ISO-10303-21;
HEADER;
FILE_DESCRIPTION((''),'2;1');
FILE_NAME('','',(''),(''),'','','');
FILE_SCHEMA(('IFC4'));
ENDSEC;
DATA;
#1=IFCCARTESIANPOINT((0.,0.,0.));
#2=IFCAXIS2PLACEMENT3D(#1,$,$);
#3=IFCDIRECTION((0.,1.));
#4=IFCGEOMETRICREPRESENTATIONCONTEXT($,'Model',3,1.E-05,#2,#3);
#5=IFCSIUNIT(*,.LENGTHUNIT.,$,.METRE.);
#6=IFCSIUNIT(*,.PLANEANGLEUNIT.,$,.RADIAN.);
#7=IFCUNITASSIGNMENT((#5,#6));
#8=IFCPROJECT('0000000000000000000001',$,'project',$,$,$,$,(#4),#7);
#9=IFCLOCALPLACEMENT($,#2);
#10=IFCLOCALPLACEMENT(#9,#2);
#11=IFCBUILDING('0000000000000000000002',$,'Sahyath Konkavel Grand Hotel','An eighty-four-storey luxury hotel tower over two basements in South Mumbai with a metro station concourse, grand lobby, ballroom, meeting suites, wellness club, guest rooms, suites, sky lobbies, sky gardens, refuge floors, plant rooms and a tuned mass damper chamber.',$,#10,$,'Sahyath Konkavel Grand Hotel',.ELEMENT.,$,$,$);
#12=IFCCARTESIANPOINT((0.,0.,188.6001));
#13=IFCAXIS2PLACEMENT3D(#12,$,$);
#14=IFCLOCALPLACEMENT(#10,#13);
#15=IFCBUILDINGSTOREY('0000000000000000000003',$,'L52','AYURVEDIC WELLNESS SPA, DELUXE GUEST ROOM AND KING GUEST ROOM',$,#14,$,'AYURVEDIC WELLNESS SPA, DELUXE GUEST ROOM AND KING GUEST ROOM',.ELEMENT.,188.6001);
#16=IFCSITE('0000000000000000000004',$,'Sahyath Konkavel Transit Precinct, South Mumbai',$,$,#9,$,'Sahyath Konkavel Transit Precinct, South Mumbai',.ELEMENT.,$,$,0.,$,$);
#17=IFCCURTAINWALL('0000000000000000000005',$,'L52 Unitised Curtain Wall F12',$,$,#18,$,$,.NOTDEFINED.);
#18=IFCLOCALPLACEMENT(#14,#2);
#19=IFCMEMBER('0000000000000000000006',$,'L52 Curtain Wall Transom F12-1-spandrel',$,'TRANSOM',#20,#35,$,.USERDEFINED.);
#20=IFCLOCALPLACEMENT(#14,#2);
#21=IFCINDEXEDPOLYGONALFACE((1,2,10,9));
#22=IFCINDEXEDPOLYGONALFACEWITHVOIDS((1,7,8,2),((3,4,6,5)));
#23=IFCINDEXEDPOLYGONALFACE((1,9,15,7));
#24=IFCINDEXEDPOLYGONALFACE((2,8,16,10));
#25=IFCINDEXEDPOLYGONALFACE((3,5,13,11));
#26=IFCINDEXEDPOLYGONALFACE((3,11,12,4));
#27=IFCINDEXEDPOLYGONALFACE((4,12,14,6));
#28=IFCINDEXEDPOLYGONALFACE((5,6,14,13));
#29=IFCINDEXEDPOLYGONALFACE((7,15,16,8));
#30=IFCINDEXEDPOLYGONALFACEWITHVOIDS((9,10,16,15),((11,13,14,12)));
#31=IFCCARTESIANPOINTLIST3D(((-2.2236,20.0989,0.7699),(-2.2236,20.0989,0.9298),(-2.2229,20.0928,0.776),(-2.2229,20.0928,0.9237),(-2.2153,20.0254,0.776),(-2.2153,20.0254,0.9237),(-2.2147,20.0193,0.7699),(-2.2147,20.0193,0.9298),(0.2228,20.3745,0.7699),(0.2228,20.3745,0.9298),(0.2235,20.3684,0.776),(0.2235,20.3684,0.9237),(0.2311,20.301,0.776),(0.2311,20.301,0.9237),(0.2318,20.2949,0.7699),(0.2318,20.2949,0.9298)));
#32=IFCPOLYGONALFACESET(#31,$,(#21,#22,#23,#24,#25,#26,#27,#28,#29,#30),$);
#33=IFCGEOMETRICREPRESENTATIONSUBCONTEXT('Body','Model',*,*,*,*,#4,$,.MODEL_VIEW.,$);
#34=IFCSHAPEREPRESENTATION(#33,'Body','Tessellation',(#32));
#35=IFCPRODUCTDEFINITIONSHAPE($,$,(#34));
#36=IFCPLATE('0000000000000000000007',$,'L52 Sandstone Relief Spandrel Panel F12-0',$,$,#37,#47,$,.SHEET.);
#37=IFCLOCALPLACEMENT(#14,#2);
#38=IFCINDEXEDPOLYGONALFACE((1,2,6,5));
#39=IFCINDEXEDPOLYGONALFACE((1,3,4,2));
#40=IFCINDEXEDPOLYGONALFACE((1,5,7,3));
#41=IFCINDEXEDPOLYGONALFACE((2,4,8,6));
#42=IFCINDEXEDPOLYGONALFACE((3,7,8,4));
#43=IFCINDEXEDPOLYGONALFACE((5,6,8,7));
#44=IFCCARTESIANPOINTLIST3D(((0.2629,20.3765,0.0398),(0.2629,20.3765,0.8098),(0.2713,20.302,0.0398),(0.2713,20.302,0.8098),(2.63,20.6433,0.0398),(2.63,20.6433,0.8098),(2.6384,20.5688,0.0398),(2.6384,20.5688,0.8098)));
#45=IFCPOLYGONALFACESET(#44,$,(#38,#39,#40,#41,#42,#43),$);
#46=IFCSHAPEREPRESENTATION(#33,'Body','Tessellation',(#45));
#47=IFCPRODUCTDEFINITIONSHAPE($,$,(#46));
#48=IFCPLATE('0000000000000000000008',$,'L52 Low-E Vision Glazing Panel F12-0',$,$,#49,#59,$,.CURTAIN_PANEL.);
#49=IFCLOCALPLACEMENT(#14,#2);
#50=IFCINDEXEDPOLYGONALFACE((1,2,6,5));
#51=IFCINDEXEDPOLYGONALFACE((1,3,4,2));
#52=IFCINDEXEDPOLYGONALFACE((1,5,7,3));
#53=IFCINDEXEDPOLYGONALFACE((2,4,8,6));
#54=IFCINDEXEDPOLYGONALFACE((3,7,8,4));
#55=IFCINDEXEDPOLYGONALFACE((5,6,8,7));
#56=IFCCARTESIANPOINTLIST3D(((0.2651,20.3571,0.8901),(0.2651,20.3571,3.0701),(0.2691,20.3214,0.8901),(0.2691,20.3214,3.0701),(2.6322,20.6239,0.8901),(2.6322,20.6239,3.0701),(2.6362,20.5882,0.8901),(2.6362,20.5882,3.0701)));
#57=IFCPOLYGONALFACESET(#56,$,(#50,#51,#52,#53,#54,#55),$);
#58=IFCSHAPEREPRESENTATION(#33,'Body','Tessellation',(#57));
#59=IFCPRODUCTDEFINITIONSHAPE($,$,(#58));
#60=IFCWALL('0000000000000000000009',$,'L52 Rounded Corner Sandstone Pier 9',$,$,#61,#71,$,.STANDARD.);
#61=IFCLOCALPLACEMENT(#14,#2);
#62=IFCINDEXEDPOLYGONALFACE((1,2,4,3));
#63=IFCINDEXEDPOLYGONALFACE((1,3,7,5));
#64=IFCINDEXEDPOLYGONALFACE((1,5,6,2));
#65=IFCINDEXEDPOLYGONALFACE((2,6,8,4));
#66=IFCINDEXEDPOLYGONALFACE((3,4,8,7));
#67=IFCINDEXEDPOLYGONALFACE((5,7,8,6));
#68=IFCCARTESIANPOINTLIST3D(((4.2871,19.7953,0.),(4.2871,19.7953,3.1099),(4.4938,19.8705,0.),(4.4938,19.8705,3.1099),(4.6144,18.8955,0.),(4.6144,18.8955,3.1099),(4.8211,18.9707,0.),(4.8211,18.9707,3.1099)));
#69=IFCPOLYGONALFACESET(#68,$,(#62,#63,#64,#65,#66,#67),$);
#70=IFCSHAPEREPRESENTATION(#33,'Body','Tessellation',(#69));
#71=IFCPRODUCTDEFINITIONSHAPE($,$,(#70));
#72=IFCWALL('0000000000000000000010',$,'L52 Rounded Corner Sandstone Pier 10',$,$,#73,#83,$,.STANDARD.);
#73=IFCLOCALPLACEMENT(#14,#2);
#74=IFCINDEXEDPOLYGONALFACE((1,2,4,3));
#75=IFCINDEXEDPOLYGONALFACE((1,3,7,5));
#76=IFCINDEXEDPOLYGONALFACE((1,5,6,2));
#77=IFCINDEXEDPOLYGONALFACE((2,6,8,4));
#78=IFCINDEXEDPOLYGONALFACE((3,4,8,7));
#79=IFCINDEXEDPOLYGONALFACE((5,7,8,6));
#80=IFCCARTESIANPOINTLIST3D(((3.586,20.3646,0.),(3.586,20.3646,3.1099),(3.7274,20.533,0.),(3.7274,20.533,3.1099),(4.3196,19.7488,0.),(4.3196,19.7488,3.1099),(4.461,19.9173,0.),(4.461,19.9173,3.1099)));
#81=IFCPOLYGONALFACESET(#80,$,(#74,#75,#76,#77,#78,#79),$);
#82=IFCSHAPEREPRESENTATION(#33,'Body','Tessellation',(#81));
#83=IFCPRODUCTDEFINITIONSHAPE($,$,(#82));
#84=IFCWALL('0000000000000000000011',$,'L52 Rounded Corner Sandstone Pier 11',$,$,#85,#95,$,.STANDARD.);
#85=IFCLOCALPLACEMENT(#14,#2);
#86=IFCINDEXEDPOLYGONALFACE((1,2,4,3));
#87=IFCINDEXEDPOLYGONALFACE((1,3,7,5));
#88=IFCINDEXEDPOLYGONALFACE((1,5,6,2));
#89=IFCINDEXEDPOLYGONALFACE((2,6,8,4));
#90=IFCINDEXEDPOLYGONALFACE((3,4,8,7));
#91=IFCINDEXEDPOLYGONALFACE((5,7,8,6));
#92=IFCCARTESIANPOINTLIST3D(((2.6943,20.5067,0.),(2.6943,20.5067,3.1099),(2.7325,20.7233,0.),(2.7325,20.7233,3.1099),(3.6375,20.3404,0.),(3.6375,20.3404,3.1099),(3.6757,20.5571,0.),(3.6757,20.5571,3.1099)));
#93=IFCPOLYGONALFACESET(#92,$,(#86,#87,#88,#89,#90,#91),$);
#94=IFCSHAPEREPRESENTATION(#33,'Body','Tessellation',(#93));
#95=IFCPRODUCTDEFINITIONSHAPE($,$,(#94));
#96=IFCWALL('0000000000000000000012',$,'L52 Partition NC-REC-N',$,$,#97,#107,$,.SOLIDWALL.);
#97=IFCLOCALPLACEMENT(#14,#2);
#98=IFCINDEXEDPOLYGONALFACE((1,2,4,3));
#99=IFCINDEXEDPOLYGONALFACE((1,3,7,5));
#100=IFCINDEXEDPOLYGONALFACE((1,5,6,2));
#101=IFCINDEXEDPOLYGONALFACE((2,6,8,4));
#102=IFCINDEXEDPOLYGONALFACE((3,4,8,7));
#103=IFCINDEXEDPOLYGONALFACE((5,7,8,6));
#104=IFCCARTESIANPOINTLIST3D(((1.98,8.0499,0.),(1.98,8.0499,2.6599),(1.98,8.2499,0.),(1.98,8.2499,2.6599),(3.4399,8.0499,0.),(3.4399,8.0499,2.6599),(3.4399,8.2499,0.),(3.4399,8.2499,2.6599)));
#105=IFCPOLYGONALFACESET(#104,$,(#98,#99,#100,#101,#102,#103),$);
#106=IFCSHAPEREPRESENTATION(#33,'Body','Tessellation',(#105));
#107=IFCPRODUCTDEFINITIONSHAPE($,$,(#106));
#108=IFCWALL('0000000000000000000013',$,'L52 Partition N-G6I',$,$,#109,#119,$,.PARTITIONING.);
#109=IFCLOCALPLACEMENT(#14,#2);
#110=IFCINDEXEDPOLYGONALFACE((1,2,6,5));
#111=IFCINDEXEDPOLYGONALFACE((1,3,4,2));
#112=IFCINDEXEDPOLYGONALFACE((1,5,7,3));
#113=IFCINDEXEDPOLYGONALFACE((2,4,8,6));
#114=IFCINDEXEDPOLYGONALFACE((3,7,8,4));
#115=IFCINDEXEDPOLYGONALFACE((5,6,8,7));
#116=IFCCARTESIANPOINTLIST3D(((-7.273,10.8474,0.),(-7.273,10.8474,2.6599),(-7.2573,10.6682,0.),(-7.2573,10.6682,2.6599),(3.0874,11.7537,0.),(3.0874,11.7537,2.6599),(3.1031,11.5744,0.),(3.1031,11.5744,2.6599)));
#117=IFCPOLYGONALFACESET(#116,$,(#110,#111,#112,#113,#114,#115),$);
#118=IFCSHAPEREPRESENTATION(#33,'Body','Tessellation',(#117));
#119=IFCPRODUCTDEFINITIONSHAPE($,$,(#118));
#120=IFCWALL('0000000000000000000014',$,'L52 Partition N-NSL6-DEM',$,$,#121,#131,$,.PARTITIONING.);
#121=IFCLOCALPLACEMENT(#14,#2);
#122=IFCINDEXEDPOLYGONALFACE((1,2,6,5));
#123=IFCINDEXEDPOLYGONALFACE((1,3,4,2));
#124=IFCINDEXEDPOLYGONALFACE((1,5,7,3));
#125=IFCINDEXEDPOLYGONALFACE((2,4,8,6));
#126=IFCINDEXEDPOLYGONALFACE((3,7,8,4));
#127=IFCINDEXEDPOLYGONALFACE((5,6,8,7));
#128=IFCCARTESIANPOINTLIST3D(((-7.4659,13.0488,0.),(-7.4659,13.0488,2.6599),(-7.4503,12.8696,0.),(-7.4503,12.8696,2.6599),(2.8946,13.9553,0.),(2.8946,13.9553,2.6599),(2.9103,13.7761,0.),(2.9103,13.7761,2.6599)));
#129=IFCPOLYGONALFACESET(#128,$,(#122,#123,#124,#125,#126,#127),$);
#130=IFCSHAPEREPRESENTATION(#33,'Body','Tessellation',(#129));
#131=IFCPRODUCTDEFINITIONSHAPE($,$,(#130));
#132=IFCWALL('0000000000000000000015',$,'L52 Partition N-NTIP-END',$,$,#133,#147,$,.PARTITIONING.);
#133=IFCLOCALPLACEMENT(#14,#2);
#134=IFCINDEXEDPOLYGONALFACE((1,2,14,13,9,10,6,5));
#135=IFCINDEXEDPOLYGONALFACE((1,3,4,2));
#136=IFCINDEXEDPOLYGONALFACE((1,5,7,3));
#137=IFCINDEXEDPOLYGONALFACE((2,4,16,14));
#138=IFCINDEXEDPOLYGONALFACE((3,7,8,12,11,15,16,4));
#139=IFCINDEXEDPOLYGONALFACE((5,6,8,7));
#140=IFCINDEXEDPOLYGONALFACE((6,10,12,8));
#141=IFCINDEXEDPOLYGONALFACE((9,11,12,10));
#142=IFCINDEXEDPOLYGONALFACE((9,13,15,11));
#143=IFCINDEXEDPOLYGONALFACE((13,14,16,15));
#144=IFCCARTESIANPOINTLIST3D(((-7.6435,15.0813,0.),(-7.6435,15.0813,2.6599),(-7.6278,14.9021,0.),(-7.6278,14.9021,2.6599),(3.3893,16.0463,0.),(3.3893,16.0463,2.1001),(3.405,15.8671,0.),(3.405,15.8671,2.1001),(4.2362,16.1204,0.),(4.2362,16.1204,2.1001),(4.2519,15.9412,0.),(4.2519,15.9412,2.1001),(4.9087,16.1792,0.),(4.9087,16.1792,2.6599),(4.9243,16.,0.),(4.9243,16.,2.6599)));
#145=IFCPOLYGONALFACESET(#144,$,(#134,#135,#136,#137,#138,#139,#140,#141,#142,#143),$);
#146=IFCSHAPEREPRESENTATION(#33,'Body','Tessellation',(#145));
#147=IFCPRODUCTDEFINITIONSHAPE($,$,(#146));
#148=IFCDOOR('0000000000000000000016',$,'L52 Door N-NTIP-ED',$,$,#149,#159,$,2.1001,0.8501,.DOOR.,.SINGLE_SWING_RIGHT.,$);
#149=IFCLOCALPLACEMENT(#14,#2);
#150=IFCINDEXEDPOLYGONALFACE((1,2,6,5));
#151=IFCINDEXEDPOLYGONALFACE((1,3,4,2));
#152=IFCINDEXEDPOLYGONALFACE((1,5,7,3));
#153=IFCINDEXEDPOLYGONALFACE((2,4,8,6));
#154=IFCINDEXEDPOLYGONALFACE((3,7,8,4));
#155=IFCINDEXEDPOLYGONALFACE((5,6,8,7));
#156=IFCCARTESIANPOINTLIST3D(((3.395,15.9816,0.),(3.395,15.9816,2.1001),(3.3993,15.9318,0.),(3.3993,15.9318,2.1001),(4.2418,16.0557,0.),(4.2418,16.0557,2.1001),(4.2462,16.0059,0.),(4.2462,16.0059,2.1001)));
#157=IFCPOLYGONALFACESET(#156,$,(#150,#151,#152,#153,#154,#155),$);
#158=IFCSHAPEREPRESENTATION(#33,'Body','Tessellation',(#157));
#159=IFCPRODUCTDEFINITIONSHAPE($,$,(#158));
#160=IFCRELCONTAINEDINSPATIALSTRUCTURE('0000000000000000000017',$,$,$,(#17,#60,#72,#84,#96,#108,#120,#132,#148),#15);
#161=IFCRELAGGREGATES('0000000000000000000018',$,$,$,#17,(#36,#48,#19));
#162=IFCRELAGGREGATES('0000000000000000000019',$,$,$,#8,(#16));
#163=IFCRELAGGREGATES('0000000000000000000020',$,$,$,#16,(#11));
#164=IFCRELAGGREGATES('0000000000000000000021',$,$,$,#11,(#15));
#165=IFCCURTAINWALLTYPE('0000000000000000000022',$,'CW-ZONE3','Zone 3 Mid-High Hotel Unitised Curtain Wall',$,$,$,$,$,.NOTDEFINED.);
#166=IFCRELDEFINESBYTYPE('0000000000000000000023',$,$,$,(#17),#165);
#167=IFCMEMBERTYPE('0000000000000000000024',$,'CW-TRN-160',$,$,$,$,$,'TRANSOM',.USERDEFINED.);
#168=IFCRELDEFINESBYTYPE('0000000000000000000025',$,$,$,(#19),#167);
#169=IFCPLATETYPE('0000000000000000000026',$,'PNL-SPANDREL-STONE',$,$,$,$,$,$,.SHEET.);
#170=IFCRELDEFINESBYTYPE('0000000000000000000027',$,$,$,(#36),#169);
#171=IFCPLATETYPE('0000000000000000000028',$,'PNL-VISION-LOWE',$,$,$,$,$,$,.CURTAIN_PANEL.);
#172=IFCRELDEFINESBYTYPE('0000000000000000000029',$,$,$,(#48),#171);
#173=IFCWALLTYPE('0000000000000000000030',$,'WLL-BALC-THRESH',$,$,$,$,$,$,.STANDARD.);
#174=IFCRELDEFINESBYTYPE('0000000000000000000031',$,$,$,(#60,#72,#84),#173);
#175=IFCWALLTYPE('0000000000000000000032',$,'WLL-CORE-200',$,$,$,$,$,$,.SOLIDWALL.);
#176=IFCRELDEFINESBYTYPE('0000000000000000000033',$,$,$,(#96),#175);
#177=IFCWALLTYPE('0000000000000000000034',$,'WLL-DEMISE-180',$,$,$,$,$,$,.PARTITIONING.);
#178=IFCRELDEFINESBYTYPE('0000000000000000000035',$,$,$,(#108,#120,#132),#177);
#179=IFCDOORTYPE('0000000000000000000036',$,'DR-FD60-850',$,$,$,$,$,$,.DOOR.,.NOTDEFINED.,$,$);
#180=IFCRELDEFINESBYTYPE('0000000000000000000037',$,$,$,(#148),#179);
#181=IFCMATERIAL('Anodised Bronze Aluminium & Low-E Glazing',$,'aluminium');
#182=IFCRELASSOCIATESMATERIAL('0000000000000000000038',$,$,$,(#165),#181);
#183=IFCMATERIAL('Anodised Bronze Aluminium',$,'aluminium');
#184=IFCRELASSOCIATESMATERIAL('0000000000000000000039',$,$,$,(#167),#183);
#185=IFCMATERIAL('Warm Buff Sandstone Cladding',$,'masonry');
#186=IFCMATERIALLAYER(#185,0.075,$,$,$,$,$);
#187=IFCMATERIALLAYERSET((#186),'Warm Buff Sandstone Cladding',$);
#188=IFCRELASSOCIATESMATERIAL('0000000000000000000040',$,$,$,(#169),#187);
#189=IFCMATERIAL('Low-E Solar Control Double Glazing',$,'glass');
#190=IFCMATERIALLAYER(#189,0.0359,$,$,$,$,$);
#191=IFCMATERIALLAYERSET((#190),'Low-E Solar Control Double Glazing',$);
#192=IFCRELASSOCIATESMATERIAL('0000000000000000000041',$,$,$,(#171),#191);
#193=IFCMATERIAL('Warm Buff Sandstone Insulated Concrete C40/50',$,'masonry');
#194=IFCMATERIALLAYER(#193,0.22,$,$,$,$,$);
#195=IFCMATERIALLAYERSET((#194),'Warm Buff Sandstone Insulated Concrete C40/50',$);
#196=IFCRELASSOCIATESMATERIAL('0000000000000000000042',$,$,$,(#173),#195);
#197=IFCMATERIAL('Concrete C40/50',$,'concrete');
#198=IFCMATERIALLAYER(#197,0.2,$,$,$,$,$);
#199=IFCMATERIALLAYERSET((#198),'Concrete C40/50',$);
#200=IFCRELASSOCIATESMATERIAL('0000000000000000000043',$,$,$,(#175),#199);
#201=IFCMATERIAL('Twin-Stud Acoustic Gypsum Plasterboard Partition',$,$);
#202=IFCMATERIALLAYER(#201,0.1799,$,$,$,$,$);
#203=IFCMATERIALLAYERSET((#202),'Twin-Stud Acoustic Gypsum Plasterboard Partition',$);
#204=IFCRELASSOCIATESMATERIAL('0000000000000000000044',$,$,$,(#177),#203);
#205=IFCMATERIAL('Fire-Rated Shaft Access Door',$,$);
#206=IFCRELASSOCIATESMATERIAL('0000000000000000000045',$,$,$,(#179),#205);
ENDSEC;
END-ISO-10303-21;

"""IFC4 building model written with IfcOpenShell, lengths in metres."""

from ifc_helpers import new_model, si_unit, direction, frame, frame_2d, origin, origin_2d, place, context, subcontext, project, spatial, rectangle, hollow_rectangle, extrude, source, transform, mapped, material, layer, layer_set, material_profile, profile_set, type_object, element, fill, aggregate, save


model = new_model("IFC4")

# Units and contexts
model_context = context("Model", 3, precision=1e-05, world=origin(), true_north=direction((0.0, 1.0)))
body_context = subcontext(model_context, "Body", "Model", "MODEL_VIEW")
ifc_project = project(units=[si_unit("LENGTHUNIT", "METRE"), si_unit("PLANEANGLEUNIT", "RADIAN")], contexts=[model_context])

# Site, building, storey
site_placement = place(None, origin())
site = spatial("IfcSite", under=ifc_project, at=site_placement, Name="Sahyath Konkavel Transit Precinct, South Mumbai", LongName="Sahyath Konkavel Transit Precinct, South Mumbai", CompositionType="ELEMENT", RefElevation=0.0)
building_placement = place(site_placement, origin())
building = spatial("IfcBuilding", under=site, at=building_placement, Name="Sahyath Konkavel Grand Hotel", Description="An eighty-four-storey luxury hotel tower over two basements in South Mumbai with a metro station concourse, grand lobby, ballroom, meeting suites, wellness club, guest rooms, suites, sky lobbies, sky gardens, refuge floors, plant rooms and a tuned mass damper chamber.", LongName="Sahyath Konkavel Grand Hotel", CompositionType="ELEMENT")
storey_placement = place(building_placement, frame((0.0, 0.0, 188.6001)))
storey = spatial("IfcBuildingStorey", under=building, at=storey_placement, Name="L52", Description="AYURVEDIC WELLNESS SPA, DELUXE GUEST ROOM AND KING GUEST ROOM", LongName="AYURVEDIC WELLNESS SPA, DELUXE GUEST ROOM AND KING GUEST ROOM", CompositionType="ELEMENT", Elevation=188.6001)

# Shared definitions
ifc_material_1 = material(Name="Concrete C40/50", Category="concrete")

# Shared definitions
ifc_material_2 = material(Name="Anodised Bronze Aluminium & Low-E Glazing", Category="aluminium")
curtain_wall_type = type_object("IfcCurtainWallType", Name="CW-ZONE3", Description="Zone 3 Mid-High Hotel Unitised Curtain Wall", PredefinedType="NOTDEFINED", material=ifc_material_2)
ifc_material_3 = material(Name="Anodised Bronze Aluminium", Category="aluminium")

# Curtain wall, member, plates
curtain_wall_1_placement = place(storey_placement, origin())
curtain_wall_1 = element("IfcCurtainWall", 1, at=curtain_wall_1_placement, inside=storey, type_object=curtain_wall_type, Name="L52 Unitised Curtain Wall F12", PredefinedType="NOTDEFINED")
ifc_material_profile_1 = material_profile(ifc_material_3, hollow_rectangle(XDim=0.0801, YDim=0.1599, WallThickness=0.0061, at=origin_2d()), Name="RHS 160x80x6")
ifc_profile_set_1 = profile_set([ifc_material_profile_1], Name="Anodised Bronze Aluminium")
member_type_1 = type_object("IfcMemberType", Name="CW-TRN-160", ElementType="TRANSOM", PredefinedType="USERDEFINED", material=ifc_profile_set_1)
shared_shape_1 = source(origin(), body_context, "Body", "SweptSolid", [
    extrude(hollow_rectangle(XDim=0.0801, YDim=0.1599, WallThickness=0.0061, at=origin_2d()), origin(), (0.0, 0.0, 1.0), 2.4619),
])
member_1_placement = place(storey_placement, frame((0.2273, 20.3347, 0.8499), z_axis=(-0.993713, -0.111955, 0.0), x_axis=(0.111955, -0.993713, 0.0)))
member_1 = element("IfcMember", 2, at=member_1_placement, type_object=member_type_1, Name="L52 Curtain Wall Transom F12-1-spandrel", ObjectType="TRANSOM", PredefinedType="USERDEFINED", context=body_context, shape_type="MappedRepresentation", body=[
    mapped(shared_shape_1, transform((0.0, 0.0, 0.0), scale=1.0)),
])
ifc_material_4 = material(Name="Warm Buff Sandstone Cladding", Category="masonry")
ifc_layer_1 = layer(ifc_material_4, 0.075)
ifc_layer_set_1 = layer_set([ifc_layer_1], Name="Warm Buff Sandstone Cladding")
plate_type_1 = type_object("IfcPlateType", Name="PNL-SPANDREL-STONE", PredefinedType="SHEET", material=ifc_layer_set_1)
shared_shape_2 = source(origin(), body_context, "Body", "SweptSolid", [
    extrude(rectangle(XDim=2.3821, YDim=0.075, at=origin_2d()), origin(), (0.0, 0.0, 1.0), 0.77),
])
plate_1_placement = place(storey_placement, frame((1.4507, 20.4727, 0.0398), z_axis=(0.0, 0.0, 1.0), x_axis=(-0.993707, -0.112007, 0.0)))
plate_1 = element("IfcPlate", 3, at=plate_1_placement, type_object=plate_type_1, Name="L52 Sandstone Relief Spandrel Panel F12-0", PredefinedType="SHEET", context=body_context, shape_type="MappedRepresentation", body=[
    mapped(shared_shape_2, transform((0.0, 0.0, 0.0), scale=1.0)),
])
ifc_material_5 = material(Name="Low-E Solar Control Double Glazing", Category="glass")
ifc_layer_2 = layer(ifc_material_5, 0.0359)
ifc_layer_set_2 = layer_set([ifc_layer_2], Name="Low-E Solar Control Double Glazing")
plate_type_2 = type_object("IfcPlateType", Name="PNL-VISION-LOWE", PredefinedType="CURTAIN_PANEL", material=ifc_layer_set_2)
shared_shape_3 = source(origin(), body_context, "Body", "SweptSolid", [
    extrude(rectangle(XDim=2.3821, YDim=0.0359, at=origin_2d()), origin(), (0.0, 0.0, 1.0), 2.1799),
])
plate_2_placement = place(storey_placement, frame((1.4507, 20.4727, 0.8901), z_axis=(0.0, 0.0, 1.0), x_axis=(-0.993707, -0.112007, 0.0)))
plate_2 = element("IfcPlate", 4, at=plate_2_placement, type_object=plate_type_2, Name="L52 Low-E Vision Glazing Panel F12-0", PredefinedType="CURTAIN_PANEL", context=body_context, shape_type="MappedRepresentation", body=[
    mapped(shared_shape_3, transform((0.0, 0.0, 0.0), scale=1.0)),
])
aggregate(curtain_wall_1, [plate_1, plate_2, member_1])

# Walls
ifc_material_6 = material(Name="Warm Buff Sandstone Insulated Concrete C40/50", Category="masonry")
ifc_layer_3 = layer(ifc_material_6, 0.22)
ifc_layer_set_3 = layer_set([ifc_layer_3], Name="Warm Buff Sandstone Insulated Concrete C40/50")
wall_type_1 = type_object("IfcWallType", Name="WLL-BALC-THRESH", PredefinedType="STANDARD", material=ifc_layer_set_3)
wall_1_placement = place(storey_placement, frame((4.7178, 18.9331, 0.0), z_axis=(0.0, 0.0, 1.0), x_axis=(-0.341886, 0.939741, 0.0)))
element("IfcWall", 5, at=wall_1_placement, inside=storey, type_object=wall_type_1, Name="L52 Rounded Corner Sandstone Pier 9", PredefinedType="STANDARD", context=body_context, shape_type="SweptSolid", body=[
    extrude(rectangle(XDim=0.9575, YDim=0.22, at=frame_2d((0.4788, 0.0))), origin(), (0.0, 0.0, 1.0), 3.1099),
])
for number, where, z_axis, x_axis, name in (
    (6, (4.3904, 19.833, 0.0), (0.0, 0.0, 1.0), (-0.765981, 0.642863, 0.0), "L52 Rounded Corner Sandstone Pier 10"),
    (7, (3.6567, 20.4487, 0.0), (0.0, 0.0, 1.0), (-0.984814, 0.173611, 0.0), "L52 Rounded Corner Sandstone Pier 11"),
):
    element("IfcWall", number, at=place(storey_placement, frame(where, z_axis=z_axis, x_axis=x_axis)), inside=storey, type_object=wall_type_1, Name=name, PredefinedType="STANDARD", context=body_context, shape_type="SweptSolid", body=[
        extrude(rectangle(XDim=0.9578, YDim=0.22, at=frame_2d((0.479, 0.0))), origin(), (0.0, 0.0, 1.0), 3.1099),
    ])
ifc_layer_4 = layer(ifc_material_1, 0.2)
ifc_layer_set_4 = layer_set([ifc_layer_4], Name="Concrete C40/50")
wall_type_2 = type_object("IfcWallType", Name="WLL-CORE-200", PredefinedType="SOLIDWALL", material=ifc_layer_set_4)
wall_2_placement = place(storey_placement, frame((1.98, 8.1499, 0.0), z_axis=(0.0, 0.0, 1.0), x_axis=(1.0, 0.0, 0.0)))
element("IfcWall", 8, at=wall_2_placement, inside=storey, type_object=wall_type_2, Name="L52 Partition NC-REC-N", PredefinedType="SOLIDWALL", context=body_context, shape_type="SweptSolid", body=[
    extrude(rectangle(XDim=1.46, YDim=0.2, at=frame_2d((0.73, 0.0))), origin(), (0.0, 0.0, 1.0), 2.6599),
])
ifc_material_7 = material(Name="Twin-Stud Acoustic Gypsum Plasterboard Partition")
ifc_layer_5 = layer(ifc_material_7, 0.1799)
ifc_layer_set_5 = layer_set([ifc_layer_5], Name="Twin-Stud Acoustic Gypsum Plasterboard Partition")
wall_type_3 = type_object("IfcWallType", Name="WLL-DEMISE-180", PredefinedType="PARTITIONING", material=ifc_layer_set_5)
wall_3_placement = place(storey_placement, frame((3.0952, 11.6641, 0.0), z_axis=(0.0, 0.0, 1.0), x_axis=(-0.996196, -0.08714, 0.0)))
element("IfcWall", 9, at=wall_3_placement, inside=storey, type_object=wall_type_3, Name="L52 Partition N-G6I", PredefinedType="PARTITIONING", context=body_context, shape_type="SweptSolid", body=[
    extrude(rectangle(XDim=10.3999, YDim=0.1799, at=frame_2d((5.2, 0.0))), origin(), (0.0, 0.0, 1.0), 2.6599),
])
wall_4_placement = place(storey_placement, frame((2.9026, 13.8657, 0.0), z_axis=(0.0, 0.0, 1.0), x_axis=(-0.996194, -0.087161, 0.0)))
element("IfcWall", 10, at=wall_4_placement, inside=storey, type_object=wall_type_3, Name="L52 Partition N-NSL6-DEM", PredefinedType="PARTITIONING", context=body_context, shape_type="SweptSolid", body=[
    extrude(rectangle(XDim=10.4001, YDim=0.1799, at=frame_2d((5.2002, 0.0))), origin(), (0.0, 0.0, 1.0), 2.6599),
])

# Wall, opening, door
wall_5_placement = place(storey_placement, frame((4.9165, 16.0896, 0.0), z_axis=(0.0, 0.0, 1.0), x_axis=(-0.996197, -0.087134, 0.0)))
wall_5 = element("IfcWall", 11, at=wall_5_placement, inside=storey, type_object=wall_type_3, Name="L52 Partition N-NTIP-END", PredefinedType="PARTITIONING", context=body_context, shape_type="SweptSolid", body=[
    extrude(rectangle(XDim=12.6001, YDim=0.1799, at=frame_2d((6.3, 0.0))), origin(), (0.0, 0.0, 1.0), 2.6599),
])
opening_1_placement = place(wall_5_placement, frame((0.675, 0.0, 0.0)))
opening_1 = element("IfcOpeningElement", 12, at=opening_1_placement, cuts=wall_5, PredefinedType="OPENING", context=body_context, shape_type="SweptSolid", body=[
    extrude(rectangle(XDim=0.8501, YDim=2.1001, at=frame_2d((0.425, 1.05))), frame((0.0, 0.1001, 0.0), z_axis=(0.0, -1.0, 0.0), x_axis=(1.0, 0.0, 0.0)), (0.0, 0.0, 1.0), 0.2),
])
ifc_material_8 = material(Name="Fire-Rated Shaft Access Door")
door_type = type_object("IfcDoorType", Name="DR-FD60-850", OperationType="NOTDEFINED", PredefinedType="DOOR", material=ifc_material_8)
shared_shape_4 = source(origin(), body_context, "Body", "SweptSolid", [
    extrude(rectangle(XDim=0.8501, YDim=0.05, at=origin_2d()), origin(), (0.0, 0.0, 1.0), 2.1001),
])
door_1_placement = place(opening_1_placement, frame((0.425, 0.0, 0.0)))
door_1 = element("IfcDoor", 13, at=door_1_placement, inside=storey, type_object=door_type, Name="L52 Door N-NTIP-ED", OperationType="SINGLE_SWING_RIGHT", OverallHeight=2.1001, OverallWidth=0.8501, PredefinedType="DOOR", context=body_context, shape_type="MappedRepresentation", body=[
    mapped(shared_shape_4, transform((0.0, 0.0, 0.0), scale=1.0)),
])
fill(opening_1, door_1)

save(model, "model.ifc")
